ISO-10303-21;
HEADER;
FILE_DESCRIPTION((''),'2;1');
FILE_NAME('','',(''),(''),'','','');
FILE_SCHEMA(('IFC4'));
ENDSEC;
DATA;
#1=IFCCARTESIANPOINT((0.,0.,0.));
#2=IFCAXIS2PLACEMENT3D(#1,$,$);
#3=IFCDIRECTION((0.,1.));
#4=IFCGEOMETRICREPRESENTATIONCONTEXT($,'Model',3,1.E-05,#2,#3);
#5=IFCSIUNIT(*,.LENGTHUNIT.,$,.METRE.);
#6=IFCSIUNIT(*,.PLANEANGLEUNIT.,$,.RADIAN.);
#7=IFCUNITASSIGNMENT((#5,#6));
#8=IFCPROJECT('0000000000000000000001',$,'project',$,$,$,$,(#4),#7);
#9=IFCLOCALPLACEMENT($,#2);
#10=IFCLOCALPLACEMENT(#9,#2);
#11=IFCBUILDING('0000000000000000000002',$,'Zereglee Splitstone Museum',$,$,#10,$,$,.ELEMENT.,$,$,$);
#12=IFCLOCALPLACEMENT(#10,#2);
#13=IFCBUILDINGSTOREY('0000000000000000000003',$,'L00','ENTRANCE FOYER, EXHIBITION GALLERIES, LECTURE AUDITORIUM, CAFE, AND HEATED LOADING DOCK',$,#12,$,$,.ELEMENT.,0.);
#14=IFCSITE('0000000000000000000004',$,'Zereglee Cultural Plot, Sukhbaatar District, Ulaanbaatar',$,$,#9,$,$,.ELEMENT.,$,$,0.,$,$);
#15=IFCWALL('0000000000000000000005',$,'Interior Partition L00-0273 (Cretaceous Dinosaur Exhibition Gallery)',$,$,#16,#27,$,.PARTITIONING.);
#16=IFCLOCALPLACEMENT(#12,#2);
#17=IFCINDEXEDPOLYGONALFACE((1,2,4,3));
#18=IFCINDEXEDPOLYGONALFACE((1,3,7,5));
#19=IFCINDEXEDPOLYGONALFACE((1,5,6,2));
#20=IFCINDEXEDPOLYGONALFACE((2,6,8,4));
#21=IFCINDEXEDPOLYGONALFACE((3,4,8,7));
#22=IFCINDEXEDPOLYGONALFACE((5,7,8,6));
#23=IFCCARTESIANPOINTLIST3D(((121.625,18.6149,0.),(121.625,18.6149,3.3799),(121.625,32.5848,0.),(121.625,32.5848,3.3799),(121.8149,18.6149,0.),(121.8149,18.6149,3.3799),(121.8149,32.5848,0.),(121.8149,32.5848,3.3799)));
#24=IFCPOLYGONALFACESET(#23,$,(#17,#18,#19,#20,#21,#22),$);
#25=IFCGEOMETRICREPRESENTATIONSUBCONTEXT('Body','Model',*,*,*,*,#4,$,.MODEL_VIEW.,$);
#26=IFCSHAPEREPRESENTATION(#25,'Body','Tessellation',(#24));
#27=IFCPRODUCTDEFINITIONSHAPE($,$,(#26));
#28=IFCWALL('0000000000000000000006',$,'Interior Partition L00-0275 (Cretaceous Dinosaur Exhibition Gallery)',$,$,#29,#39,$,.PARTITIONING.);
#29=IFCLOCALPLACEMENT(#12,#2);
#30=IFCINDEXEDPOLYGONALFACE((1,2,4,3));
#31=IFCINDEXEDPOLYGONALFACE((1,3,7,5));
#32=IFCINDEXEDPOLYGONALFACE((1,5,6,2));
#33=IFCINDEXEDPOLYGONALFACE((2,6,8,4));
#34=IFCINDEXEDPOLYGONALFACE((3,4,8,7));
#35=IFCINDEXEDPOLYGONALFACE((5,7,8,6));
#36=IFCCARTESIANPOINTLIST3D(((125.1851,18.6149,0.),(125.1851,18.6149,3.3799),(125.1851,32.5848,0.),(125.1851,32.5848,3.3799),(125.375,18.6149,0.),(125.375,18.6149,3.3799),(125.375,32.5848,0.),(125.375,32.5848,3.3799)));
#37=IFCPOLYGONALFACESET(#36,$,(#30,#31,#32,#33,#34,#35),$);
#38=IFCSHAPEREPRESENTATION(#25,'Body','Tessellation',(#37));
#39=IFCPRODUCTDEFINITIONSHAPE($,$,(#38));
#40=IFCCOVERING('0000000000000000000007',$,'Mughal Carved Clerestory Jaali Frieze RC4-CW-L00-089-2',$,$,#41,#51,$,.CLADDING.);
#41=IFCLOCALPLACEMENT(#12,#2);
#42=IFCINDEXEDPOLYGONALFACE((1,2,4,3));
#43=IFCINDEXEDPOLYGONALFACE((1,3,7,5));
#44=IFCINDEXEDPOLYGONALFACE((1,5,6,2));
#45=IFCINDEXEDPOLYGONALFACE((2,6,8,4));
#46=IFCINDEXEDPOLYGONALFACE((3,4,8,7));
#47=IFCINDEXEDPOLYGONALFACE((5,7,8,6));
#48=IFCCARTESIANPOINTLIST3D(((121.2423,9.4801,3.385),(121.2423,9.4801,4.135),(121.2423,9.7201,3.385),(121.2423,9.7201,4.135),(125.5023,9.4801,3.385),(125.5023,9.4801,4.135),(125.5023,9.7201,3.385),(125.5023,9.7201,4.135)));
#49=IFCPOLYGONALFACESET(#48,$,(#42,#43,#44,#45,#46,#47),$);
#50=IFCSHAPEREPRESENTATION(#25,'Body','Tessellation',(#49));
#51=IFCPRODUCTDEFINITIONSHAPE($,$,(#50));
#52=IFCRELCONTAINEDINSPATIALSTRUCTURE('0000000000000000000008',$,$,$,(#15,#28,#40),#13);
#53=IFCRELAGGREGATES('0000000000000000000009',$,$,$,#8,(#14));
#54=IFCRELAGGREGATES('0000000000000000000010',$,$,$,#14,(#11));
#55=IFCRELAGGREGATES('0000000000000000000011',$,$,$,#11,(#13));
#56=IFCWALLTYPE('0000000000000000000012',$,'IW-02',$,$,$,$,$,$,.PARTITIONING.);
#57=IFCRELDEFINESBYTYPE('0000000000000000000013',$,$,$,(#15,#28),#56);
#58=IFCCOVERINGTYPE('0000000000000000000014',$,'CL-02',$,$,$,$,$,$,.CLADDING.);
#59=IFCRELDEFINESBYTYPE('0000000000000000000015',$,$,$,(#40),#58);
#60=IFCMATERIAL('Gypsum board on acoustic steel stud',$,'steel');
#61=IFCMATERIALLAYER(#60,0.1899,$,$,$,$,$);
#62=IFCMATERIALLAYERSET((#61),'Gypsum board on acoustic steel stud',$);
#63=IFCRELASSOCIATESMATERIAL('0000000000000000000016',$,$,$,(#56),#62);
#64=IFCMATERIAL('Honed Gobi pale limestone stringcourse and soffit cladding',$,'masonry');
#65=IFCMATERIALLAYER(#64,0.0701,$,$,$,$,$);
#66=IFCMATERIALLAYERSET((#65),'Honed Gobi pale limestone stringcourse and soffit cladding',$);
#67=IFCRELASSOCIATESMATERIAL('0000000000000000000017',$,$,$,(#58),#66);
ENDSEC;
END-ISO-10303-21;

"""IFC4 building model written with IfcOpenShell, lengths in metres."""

from ifc_helpers import new_model, si_unit, direction, frame, frame_2d, origin, origin_2d, place, context, subcontext, project, spatial, rectangle, extrude, material, layer, layer_set, type_object, element, save


model = new_model("IFC4")

# Units and contexts
model_context = context("Model", 3, precision=1e-05, world=origin(), true_north=direction((0.0, 1.0)))
body_context = subcontext(model_context, "Body", "Model", "MODEL_VIEW")
ifc_project = project(units=[si_unit("LENGTHUNIT", "METRE"), si_unit("PLANEANGLEUNIT", "RADIAN")], contexts=[model_context])

# Site, building, storey
site_placement = place(None, origin())
site = spatial("IfcSite", under=ifc_project, at=site_placement, Name="Zereglee Cultural Plot, Sukhbaatar District, Ulaanbaatar", CompositionType="ELEMENT", RefElevation=0.0)
building_placement = place(site_placement, origin())
building = spatial("IfcBuilding", under=site, at=building_placement, Name="Zereglee Splitstone Museum", CompositionType="ELEMENT")
storey_placement = place(building_placement, origin())
storey = spatial("IfcBuildingStorey", under=building, at=storey_placement, Name="L00", Description="ENTRANCE FOYER, EXHIBITION GALLERIES, LECTURE AUDITORIUM, CAFE, AND HEATED LOADING DOCK", CompositionType="ELEMENT", Elevation=0.0)

# Walls
ifc_material_1 = material(Name="Gypsum board on acoustic steel stud", Category="steel")
ifc_layer_1 = layer(ifc_material_1, 0.1899)
ifc_layer_set_1 = layer_set([ifc_layer_1], Name="Gypsum board on acoustic steel stud")
wall_type = type_object("IfcWallType", Name="IW-02", PredefinedType="PARTITIONING", material=ifc_layer_set_1)
for number, where, z_axis, x_axis, name in (
    (1, (121.72, 18.615, 0.0), (0.0, 0.0, 1.0), (0.0, 1.0, 0.0), "Interior Partition L00-0273 (Cretaceous Dinosaur Exhibition Gallery)"),
    (2, (125.28, 18.615, 0.0), (0.0, 0.0, 1.0), (0.0, 1.0, 0.0), "Interior Partition L00-0275 (Cretaceous Dinosaur Exhibition Gallery)"),
):
    element("IfcWall", number, at=place(storey_placement, frame(where, z_axis=z_axis, x_axis=x_axis)), inside=storey, type_object=wall_type, Name=name, PredefinedType="PARTITIONING", context=body_context, shape_type="SweptSolid", body=[
        extrude(rectangle(XDim=13.97, YDim=0.1899, at=frame_2d((6.9849, 0.0))), origin(), (0.0, 0.0, 1.0), 3.3799),
    ])

# Covering
ifc_material_2 = material(Name="Honed Gobi pale limestone stringcourse and soffit cladding", Category="masonry")
ifc_layer_2 = layer(ifc_material_2, 0.0701)
ifc_layer_set_2 = layer_set([ifc_layer_2], Name="Honed Gobi pale limestone stringcourse and soffit cladding")
covering_type = type_object("IfcCoveringType", Name="CL-02", PredefinedType="CLADDING", material=ifc_layer_set_2)
covering_placement = place(storey_placement, frame((123.3723, 9.6001, 3.385), z_axis=(0.0, 0.0, 1.0), x_axis=(1.0, 0.0, 0.0)))
element("IfcCovering", 3, at=covering_placement, inside=storey, type_object=covering_type, Name="Mughal Carved Clerestory Jaali Frieze RC4-CW-L00-089-2", PredefinedType="CLADDING", context=body_context, shape_type="SweptSolid", body=[
    extrude(rectangle(XDim=4.26, YDim=0.24, at=origin_2d()), origin(), (0.0, 0.0, 1.0), 0.75),
])

save(model, "model.ifc")
